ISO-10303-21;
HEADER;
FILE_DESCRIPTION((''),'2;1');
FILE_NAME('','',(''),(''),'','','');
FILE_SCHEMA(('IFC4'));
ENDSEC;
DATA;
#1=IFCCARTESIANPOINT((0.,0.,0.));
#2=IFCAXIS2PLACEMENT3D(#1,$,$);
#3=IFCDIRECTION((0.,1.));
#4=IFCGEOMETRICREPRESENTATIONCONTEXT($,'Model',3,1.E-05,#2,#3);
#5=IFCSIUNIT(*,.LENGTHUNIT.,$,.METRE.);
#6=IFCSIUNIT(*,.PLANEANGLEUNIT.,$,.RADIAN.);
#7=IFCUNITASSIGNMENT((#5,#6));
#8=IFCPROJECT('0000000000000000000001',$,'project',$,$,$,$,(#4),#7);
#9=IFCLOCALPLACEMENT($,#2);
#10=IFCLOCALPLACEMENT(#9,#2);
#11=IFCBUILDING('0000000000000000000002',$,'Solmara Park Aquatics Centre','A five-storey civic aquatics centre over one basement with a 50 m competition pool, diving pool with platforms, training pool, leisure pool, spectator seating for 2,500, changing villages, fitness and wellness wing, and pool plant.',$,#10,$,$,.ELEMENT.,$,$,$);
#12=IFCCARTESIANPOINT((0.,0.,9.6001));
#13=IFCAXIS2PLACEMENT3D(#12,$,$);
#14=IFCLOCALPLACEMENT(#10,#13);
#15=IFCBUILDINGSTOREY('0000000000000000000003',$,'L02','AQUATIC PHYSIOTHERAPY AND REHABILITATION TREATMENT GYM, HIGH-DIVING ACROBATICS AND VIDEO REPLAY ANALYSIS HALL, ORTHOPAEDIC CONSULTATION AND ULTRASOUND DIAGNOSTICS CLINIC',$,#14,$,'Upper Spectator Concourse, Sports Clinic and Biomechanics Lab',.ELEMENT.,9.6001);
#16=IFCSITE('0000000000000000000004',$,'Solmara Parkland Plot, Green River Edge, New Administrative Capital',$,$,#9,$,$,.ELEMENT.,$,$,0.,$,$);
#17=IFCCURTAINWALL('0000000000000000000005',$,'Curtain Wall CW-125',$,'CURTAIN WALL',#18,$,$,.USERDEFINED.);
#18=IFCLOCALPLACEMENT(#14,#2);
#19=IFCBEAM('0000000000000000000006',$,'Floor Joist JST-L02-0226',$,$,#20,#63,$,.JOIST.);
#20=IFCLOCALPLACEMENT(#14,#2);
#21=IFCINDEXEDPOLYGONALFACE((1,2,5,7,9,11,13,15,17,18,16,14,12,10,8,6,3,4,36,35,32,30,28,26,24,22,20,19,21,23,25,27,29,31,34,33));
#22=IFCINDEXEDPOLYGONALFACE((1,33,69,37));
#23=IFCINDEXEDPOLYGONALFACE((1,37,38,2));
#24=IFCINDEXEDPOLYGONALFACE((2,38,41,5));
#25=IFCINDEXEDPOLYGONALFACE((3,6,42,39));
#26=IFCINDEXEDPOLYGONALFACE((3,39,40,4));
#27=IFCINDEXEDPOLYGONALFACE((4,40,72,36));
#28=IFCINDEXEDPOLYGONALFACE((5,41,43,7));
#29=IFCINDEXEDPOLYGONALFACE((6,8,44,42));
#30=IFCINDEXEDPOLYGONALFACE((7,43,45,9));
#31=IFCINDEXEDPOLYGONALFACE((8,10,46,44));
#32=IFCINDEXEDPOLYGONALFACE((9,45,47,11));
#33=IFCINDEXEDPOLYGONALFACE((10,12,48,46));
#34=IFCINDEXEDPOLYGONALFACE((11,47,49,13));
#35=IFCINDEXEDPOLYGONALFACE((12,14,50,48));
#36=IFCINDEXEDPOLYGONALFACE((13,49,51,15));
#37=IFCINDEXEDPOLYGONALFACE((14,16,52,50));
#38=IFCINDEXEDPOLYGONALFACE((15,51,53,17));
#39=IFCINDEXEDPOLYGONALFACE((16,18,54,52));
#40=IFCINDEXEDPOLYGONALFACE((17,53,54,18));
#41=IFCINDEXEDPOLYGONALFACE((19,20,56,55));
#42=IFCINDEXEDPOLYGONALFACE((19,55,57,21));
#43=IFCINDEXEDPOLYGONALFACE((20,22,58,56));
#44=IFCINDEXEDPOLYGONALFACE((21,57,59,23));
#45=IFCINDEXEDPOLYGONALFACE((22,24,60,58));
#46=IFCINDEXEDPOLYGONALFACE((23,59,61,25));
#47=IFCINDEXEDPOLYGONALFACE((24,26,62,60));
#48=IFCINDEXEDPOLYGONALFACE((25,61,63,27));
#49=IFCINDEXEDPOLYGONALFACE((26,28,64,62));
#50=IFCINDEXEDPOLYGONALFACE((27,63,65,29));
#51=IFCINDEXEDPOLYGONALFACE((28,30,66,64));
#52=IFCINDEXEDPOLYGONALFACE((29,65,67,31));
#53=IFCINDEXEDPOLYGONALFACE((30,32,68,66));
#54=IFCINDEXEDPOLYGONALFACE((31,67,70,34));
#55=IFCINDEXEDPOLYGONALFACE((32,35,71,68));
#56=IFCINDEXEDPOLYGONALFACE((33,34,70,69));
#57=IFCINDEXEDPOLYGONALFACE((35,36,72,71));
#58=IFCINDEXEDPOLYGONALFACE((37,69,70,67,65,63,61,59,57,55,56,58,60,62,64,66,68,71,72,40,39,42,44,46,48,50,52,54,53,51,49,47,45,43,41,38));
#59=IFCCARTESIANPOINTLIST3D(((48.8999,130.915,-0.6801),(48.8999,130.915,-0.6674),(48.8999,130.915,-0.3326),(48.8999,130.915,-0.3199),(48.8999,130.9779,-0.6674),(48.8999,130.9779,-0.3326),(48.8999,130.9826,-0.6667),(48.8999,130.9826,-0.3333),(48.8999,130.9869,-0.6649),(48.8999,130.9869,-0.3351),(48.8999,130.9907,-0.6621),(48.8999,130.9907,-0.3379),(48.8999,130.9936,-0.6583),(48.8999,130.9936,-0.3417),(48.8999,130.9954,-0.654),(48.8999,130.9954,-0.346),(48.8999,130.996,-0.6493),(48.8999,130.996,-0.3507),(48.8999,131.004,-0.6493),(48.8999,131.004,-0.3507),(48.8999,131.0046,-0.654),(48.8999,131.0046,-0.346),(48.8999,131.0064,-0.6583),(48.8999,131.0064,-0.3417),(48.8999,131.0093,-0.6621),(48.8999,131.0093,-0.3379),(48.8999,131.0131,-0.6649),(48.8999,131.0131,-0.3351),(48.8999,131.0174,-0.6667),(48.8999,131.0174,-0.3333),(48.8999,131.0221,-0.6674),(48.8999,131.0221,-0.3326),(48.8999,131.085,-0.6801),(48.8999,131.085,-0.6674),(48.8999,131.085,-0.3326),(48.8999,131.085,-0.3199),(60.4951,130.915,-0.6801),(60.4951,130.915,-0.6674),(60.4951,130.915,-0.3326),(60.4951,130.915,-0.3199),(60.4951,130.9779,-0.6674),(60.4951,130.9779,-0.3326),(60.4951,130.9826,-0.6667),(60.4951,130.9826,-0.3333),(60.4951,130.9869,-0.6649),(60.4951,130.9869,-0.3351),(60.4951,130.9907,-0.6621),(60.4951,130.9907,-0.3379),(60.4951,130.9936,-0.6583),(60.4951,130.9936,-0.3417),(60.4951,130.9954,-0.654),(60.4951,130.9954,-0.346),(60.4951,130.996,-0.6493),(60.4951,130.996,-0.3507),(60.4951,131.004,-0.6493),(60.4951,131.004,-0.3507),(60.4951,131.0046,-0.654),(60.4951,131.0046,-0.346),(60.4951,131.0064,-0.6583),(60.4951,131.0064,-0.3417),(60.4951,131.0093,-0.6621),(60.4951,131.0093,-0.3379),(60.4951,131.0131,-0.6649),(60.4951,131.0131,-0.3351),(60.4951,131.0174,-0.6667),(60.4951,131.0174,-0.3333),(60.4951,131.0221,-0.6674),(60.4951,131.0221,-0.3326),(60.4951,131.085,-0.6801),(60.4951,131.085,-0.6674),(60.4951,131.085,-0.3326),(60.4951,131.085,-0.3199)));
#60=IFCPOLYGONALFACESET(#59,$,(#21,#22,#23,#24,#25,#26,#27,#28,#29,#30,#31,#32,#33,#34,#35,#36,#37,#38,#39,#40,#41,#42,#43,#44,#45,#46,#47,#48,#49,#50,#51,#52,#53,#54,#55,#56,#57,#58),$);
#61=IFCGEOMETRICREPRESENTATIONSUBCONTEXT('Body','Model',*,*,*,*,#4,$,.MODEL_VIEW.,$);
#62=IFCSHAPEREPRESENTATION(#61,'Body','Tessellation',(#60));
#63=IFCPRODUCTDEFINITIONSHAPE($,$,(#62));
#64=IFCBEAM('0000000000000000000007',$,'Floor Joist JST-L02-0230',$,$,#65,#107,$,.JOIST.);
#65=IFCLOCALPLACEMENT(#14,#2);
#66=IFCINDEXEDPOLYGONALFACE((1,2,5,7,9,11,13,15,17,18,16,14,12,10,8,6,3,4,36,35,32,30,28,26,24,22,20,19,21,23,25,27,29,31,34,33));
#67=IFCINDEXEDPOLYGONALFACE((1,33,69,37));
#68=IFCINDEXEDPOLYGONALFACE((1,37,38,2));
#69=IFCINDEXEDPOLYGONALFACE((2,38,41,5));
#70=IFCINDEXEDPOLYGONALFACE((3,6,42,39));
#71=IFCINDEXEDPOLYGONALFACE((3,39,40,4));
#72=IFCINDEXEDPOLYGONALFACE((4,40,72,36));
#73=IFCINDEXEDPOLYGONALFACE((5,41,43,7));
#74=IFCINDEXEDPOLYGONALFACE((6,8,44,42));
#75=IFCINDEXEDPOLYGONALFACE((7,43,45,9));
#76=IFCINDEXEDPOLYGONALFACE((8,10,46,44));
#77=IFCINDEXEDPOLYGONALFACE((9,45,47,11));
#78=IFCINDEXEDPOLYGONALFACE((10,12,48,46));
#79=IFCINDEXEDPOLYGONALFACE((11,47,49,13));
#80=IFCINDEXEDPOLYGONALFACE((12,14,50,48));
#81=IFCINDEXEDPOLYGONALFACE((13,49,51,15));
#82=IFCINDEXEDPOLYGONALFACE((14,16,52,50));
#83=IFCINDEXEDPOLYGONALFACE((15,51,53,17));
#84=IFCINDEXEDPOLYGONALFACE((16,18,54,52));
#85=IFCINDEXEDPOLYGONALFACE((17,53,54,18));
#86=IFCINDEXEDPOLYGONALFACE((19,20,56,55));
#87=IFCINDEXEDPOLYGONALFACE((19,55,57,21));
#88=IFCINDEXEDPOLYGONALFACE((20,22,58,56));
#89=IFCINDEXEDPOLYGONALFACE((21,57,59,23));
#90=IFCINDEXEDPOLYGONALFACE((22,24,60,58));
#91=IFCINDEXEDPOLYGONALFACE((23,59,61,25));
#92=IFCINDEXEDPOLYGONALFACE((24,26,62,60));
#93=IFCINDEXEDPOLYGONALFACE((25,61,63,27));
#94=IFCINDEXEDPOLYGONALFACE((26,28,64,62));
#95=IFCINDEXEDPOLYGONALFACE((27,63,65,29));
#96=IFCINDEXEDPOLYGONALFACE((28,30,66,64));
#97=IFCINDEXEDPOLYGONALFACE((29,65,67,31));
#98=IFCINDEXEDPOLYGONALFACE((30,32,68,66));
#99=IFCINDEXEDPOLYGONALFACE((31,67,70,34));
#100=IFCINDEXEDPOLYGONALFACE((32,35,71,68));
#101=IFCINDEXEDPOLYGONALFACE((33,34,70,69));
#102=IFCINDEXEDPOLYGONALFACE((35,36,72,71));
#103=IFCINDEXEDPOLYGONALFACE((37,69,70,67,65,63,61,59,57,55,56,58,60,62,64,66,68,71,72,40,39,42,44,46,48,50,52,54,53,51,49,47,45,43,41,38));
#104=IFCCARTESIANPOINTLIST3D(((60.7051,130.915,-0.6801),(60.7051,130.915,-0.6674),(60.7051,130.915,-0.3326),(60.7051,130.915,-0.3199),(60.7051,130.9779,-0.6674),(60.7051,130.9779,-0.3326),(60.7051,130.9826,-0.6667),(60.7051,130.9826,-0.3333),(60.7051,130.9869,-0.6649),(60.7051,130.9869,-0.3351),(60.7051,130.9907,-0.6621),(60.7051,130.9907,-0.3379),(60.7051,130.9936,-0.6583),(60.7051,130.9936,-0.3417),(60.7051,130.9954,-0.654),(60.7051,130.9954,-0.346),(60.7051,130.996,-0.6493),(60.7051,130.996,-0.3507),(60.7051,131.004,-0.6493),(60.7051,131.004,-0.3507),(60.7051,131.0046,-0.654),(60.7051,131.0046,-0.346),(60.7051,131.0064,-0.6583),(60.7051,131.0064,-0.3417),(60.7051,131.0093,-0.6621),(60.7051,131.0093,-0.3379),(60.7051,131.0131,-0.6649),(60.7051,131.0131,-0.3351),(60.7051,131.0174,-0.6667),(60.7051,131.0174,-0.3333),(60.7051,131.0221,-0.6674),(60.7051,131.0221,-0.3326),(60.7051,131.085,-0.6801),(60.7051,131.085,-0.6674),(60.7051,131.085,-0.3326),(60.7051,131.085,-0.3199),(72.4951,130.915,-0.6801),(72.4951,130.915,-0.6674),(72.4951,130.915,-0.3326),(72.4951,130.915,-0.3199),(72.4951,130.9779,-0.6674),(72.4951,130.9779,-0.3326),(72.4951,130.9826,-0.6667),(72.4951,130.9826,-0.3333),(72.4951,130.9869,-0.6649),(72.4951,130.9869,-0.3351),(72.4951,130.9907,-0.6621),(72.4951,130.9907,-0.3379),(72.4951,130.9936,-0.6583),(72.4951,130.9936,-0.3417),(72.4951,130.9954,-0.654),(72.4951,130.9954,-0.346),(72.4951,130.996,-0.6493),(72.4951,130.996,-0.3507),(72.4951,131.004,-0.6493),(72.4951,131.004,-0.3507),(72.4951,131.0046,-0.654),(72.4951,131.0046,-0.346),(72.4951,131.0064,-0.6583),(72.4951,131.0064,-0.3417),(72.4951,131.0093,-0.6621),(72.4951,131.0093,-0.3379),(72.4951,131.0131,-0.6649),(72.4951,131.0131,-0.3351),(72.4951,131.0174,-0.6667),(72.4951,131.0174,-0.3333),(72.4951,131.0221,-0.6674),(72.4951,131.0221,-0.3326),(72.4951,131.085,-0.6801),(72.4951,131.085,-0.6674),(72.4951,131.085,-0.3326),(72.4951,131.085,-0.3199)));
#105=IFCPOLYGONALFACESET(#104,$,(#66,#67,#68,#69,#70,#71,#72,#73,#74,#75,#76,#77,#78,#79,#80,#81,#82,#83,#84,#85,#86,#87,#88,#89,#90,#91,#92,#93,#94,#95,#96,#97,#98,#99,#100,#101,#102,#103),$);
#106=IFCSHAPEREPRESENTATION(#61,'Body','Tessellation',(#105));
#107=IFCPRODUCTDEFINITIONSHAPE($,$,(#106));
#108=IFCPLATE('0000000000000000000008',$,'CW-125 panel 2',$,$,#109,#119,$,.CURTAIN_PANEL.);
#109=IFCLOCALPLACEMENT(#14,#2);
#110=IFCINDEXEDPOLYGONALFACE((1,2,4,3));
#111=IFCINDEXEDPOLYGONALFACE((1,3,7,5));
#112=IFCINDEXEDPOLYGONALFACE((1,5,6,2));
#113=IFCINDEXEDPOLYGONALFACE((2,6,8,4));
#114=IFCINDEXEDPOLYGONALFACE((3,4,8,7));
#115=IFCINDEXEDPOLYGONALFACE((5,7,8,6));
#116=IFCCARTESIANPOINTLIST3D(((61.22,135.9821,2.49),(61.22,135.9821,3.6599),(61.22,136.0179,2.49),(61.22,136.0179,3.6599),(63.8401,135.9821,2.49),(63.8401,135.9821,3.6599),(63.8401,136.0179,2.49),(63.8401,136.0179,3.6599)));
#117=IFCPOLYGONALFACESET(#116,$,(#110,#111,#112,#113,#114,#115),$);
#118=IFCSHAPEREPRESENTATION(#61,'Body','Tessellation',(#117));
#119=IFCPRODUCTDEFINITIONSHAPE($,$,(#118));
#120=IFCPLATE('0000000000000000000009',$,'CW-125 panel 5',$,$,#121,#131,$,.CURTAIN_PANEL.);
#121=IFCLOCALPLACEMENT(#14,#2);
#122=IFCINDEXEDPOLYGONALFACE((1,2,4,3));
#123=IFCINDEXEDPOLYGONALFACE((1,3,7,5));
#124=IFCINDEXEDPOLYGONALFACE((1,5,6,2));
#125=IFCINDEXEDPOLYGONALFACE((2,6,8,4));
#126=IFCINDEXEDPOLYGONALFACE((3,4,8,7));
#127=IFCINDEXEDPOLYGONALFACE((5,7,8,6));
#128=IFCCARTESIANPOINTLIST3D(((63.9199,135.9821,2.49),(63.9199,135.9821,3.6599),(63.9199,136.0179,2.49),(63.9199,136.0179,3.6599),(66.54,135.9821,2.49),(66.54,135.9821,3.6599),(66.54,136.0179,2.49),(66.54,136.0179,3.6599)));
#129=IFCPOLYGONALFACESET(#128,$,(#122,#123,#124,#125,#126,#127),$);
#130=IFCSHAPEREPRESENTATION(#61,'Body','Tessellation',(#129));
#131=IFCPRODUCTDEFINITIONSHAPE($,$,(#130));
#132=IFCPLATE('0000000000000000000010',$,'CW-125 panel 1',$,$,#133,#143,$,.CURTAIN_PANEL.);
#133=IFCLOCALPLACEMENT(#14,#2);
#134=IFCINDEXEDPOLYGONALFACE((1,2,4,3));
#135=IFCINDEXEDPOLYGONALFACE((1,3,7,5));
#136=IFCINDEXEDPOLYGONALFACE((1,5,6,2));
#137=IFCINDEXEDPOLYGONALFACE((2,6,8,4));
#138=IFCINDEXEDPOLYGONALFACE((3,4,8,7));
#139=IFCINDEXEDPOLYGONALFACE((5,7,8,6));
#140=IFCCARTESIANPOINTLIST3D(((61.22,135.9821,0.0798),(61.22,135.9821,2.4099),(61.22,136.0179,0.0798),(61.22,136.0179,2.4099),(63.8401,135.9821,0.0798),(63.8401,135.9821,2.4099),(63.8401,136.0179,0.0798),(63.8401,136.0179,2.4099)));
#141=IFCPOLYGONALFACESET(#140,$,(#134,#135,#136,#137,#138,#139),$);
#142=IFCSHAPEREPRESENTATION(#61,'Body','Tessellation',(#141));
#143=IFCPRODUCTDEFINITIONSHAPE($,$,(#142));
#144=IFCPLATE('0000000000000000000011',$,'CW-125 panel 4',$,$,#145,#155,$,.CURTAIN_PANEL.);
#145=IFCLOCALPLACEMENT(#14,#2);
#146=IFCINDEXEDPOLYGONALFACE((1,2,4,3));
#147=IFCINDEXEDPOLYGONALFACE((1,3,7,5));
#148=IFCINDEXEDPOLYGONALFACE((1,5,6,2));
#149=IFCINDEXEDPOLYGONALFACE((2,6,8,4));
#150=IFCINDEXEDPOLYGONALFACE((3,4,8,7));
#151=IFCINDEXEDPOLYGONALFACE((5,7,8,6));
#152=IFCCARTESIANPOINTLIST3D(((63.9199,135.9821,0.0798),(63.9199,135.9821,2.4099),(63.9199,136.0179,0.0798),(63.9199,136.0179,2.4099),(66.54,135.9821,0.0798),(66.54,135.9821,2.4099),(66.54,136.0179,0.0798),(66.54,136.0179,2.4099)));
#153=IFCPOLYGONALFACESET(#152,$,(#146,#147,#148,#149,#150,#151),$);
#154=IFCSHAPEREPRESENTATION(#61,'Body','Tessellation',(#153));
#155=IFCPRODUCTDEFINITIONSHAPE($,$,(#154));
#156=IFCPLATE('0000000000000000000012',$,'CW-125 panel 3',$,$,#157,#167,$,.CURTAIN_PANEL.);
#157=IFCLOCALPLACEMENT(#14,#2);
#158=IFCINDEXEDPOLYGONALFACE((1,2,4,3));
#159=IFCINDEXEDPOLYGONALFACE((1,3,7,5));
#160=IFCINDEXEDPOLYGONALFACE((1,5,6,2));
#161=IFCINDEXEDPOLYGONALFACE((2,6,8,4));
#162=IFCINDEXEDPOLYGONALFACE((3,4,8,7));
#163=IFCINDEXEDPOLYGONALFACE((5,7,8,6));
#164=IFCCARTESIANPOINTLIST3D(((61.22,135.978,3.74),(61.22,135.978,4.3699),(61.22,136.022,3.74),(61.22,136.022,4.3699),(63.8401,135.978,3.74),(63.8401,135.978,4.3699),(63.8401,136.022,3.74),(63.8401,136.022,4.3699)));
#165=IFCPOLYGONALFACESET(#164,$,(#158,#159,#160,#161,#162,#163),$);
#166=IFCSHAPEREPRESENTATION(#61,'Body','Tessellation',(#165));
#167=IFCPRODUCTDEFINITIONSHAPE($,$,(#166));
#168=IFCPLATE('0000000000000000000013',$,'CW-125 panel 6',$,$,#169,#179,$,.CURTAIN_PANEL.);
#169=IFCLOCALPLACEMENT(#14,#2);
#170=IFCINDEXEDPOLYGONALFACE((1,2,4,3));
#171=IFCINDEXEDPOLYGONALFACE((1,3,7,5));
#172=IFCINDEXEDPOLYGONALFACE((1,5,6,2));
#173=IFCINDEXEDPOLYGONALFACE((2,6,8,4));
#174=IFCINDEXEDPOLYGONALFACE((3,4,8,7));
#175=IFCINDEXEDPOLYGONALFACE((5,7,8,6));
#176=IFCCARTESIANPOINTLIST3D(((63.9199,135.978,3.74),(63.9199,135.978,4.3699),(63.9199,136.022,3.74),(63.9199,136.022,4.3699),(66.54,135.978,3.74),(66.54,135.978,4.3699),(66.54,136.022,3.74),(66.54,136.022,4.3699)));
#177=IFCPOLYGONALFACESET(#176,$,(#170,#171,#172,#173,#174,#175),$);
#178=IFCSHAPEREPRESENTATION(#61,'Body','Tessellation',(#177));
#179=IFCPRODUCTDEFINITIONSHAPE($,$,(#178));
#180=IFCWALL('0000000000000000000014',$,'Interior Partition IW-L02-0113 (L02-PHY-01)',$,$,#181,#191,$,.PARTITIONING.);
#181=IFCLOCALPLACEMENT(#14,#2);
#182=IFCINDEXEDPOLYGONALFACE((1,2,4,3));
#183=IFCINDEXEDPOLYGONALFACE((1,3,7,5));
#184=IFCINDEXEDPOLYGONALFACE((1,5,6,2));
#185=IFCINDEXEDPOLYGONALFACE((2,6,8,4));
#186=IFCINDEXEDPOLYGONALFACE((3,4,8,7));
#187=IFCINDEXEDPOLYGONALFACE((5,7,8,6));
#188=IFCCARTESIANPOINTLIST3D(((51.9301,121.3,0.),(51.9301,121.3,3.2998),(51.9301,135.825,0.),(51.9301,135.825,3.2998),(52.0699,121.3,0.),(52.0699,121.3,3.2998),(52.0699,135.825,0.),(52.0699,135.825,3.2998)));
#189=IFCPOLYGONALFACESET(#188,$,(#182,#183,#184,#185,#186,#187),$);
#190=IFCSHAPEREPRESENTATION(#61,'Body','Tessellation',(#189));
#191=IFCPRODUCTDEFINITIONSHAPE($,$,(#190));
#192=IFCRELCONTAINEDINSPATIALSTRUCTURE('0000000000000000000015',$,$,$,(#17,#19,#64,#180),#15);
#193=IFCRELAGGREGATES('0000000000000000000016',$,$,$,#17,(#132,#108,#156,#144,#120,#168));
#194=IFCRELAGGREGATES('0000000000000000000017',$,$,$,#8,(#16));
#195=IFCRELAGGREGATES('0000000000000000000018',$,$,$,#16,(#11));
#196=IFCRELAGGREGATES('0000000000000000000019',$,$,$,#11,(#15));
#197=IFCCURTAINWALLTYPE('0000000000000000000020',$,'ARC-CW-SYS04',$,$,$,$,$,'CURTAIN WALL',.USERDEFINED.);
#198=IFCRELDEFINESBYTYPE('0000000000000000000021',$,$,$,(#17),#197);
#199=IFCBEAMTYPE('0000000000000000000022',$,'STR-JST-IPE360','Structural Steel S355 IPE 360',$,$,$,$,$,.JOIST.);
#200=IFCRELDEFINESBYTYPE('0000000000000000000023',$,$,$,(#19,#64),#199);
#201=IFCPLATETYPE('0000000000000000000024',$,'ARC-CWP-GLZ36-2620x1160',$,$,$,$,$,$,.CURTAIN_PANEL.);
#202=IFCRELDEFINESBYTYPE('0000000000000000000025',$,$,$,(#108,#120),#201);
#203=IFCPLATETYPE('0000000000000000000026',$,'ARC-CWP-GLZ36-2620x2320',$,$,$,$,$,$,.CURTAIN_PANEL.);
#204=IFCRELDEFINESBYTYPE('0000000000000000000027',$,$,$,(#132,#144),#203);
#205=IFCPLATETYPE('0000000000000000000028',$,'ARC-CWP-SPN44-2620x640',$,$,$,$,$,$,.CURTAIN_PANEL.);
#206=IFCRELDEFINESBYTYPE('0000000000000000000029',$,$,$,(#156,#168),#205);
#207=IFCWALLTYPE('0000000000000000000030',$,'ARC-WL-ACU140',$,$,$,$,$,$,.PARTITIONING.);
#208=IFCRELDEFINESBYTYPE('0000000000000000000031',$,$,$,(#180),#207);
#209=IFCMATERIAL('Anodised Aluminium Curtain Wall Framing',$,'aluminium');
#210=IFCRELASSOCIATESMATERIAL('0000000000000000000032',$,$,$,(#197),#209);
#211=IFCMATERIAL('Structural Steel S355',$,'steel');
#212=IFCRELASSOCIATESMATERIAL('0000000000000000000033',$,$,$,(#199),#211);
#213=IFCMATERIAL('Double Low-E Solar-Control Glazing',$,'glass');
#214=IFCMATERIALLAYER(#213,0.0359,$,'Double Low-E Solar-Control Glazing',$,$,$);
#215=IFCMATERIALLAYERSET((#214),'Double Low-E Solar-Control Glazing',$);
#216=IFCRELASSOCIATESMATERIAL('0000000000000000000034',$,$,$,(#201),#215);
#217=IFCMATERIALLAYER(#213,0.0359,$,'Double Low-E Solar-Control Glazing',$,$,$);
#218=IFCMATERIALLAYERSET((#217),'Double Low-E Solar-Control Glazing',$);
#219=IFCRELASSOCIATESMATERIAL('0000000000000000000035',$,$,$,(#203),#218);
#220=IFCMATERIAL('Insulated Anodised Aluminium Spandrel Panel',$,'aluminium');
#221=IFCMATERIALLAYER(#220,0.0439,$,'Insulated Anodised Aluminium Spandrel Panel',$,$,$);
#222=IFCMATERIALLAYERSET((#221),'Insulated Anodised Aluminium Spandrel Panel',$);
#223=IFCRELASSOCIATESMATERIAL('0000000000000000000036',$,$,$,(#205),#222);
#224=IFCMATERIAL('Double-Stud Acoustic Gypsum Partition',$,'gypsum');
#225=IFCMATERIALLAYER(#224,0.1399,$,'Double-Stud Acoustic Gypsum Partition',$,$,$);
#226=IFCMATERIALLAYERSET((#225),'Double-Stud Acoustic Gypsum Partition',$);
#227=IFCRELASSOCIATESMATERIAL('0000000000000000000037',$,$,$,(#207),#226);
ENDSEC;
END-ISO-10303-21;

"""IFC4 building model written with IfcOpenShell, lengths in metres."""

from ifc_helpers import new_model, si_unit, direction, frame, frame_2d, origin, origin_2d, place, context, subcontext, project, spatial, rectangle, i_section, extrude, material, layer, layer_set, material_profile, profile_set, type_object, element, aggregate, save


model = new_model("IFC4")

# Units and contexts
model_context = context("Model", 3, precision=1e-05, world=origin(), true_north=direction((0.0, 1.0)))
body_context = subcontext(model_context, "Body", "Model", "MODEL_VIEW")
ifc_project = project(units=[si_unit("LENGTHUNIT", "METRE"), si_unit("PLANEANGLEUNIT", "RADIAN")], contexts=[model_context])

# Site, building, storey
site_placement = place(None, origin())
site = spatial("IfcSite", under=ifc_project, at=site_placement, Name="Solmara Parkland Plot, Green River Edge, New Administrative Capital", CompositionType="ELEMENT", RefElevation=0.0)
building_placement = place(site_placement, origin())
building = spatial("IfcBuilding", under=site, at=building_placement, Name="Solmara Park Aquatics Centre", Description="A five-storey civic aquatics centre over one basement with a 50 m competition pool, diving pool with platforms, training pool, leisure pool, spectator seating for 2,500, changing villages, fitness and wellness wing, and pool plant.", CompositionType="ELEMENT")
storey_placement = place(building_placement, frame((0.0, 0.0, 9.6001)))
storey = spatial("IfcBuildingStorey", under=building, at=storey_placement, Name="L02", Description="AQUATIC PHYSIOTHERAPY AND REHABILITATION TREATMENT GYM, HIGH-DIVING ACROBATICS AND VIDEO REPLAY ANALYSIS HALL, ORTHOPAEDIC CONSULTATION AND ULTRASOUND DIAGNOSTICS CLINIC", LongName="Upper Spectator Concourse, Sports Clinic and Biomechanics Lab", CompositionType="ELEMENT", Elevation=9.6001)

# Shared definitions
ifc_material_1 = material(Name="Anodised Aluminium Curtain Wall Framing", Category="aluminium")
curtain_wall_type = type_object("IfcCurtainWallType", Name="ARC-CW-SYS04", ElementType="CURTAIN WALL", PredefinedType="USERDEFINED", material=ifc_material_1)

# Curtain wall
curtain_wall_1_placement = place(storey_placement, origin())
curtain_wall_1 = element("IfcCurtainWall", 1, at=curtain_wall_1_placement, inside=storey, type_object=curtain_wall_type, Name="Curtain Wall CW-125", ObjectType="CURTAIN WALL", PredefinedType="USERDEFINED")

# Beams
ifc_material_2 = material(Name="Structural Steel S355", Category="steel")
ifc_material_profile_1 = material_profile(ifc_material_2, i_section(OverallWidth=0.1699, OverallDepth=0.3601, WebThickness=0.0081, FlangeThickness=0.0127, FilletRadius=0.0181, at=origin_2d()), Name="IPE 360")
ifc_profile_set_1 = profile_set([ifc_material_profile_1], Name="Structural Steel S355")
beam_type_1 = type_object("IfcBeamType", Name="STR-JST-IPE360", Description="Structural Steel S355 IPE 360", PredefinedType="JOIST", material=ifc_profile_set_1)
for number, where, z_axis, x_axis, name in (
    (2, (48.8999, 131.0, -0.5), (1.0, 0.0, 0.0), (0.0, 1.0, 0.0), "Floor Joist JST-L02-0226"),
):
    element("IfcBeam", number, at=place(storey_placement, frame(where, z_axis=z_axis, x_axis=x_axis)), inside=storey, type_object=beam_type_1, Name=name, PredefinedType="JOIST", context=body_context, shape_type="SweptSolid", body=[
        extrude(i_section(OverallWidth=0.1699, OverallDepth=0.3601, WebThickness=0.0081, FlangeThickness=0.0127, FilletRadius=0.0181, at=origin_2d()), origin(), (0.0, 0.0, 1.0), 11.5952),
    ])
beam_1_placement = place(storey_placement, frame((60.7051, 131.0, -0.5), z_axis=(1.0, 0.0, 0.0), x_axis=(0.0, 1.0, 0.0)))
element("IfcBeam", 3, at=beam_1_placement, inside=storey, type_object=beam_type_1, Name="Floor Joist JST-L02-0230", PredefinedType="JOIST", context=body_context, shape_type="SweptSolid", body=[
    extrude(i_section(OverallWidth=0.1699, OverallDepth=0.3601, WebThickness=0.0081, FlangeThickness=0.0127, FilletRadius=0.0181, at=origin_2d()), origin(), (0.0, 0.0, 1.0), 11.79),
])

# Plates
ifc_material_3 = material(Name="Double Low-E Solar-Control Glazing", Category="glass")
ifc_layer_1 = layer(ifc_material_3, 0.0359, Name="Double Low-E Solar-Control Glazing")
ifc_layer_set_1 = layer_set([ifc_layer_1], Name="Double Low-E Solar-Control Glazing")
plate_type_1 = type_object("IfcPlateType", Name="ARC-CWP-GLZ36-2620x1160", PredefinedType="CURTAIN_PANEL", material=ifc_layer_set_1)
plate_1_placement = place(storey_placement, frame((62.53, 136.0, 2.49), z_axis=(0.0, 0.0, 1.0), x_axis=(1.0, 0.0, 0.0)))
plate_1 = element("IfcPlate", 4, at=plate_1_placement, type_object=plate_type_1, Name="CW-125 panel 2", PredefinedType="CURTAIN_PANEL", context=body_context, shape_type="SweptSolid", body=[
    extrude(rectangle(XDim=2.6201, YDim=0.0359, at=origin_2d()), origin(), (0.0, 0.0, 1.0), 1.1699),
])
plate_2_placement = place(storey_placement, frame((65.23, 136.0, 2.49), z_axis=(0.0, 0.0, 1.0), x_axis=(1.0, 0.0, 0.0)))
plate_2 = element("IfcPlate", 5, at=plate_2_placement, type_object=plate_type_1, Name="CW-125 panel 5", PredefinedType="CURTAIN_PANEL", context=body_context, shape_type="SweptSolid", body=[
    extrude(rectangle(XDim=2.6201, YDim=0.0359, at=origin_2d()), origin(), (0.0, 0.0, 1.0), 1.1699),
])
ifc_layer_2 = layer(ifc_material_3, 0.0359, Name="Double Low-E Solar-Control Glazing")
ifc_layer_set_2 = layer_set([ifc_layer_2], Name="Double Low-E Solar-Control Glazing")
plate_type_2 = type_object("IfcPlateType", Name="ARC-CWP-GLZ36-2620x2320", PredefinedType="CURTAIN_PANEL", material=ifc_layer_set_2)
plate_3_placement = place(storey_placement, frame((62.53, 136.0, 0.0798), z_axis=(0.0, 0.0, 1.0), x_axis=(1.0, 0.0, 0.0)))
plate_3 = element("IfcPlate", 6, at=plate_3_placement, type_object=plate_type_2, Name="CW-125 panel 1", PredefinedType="CURTAIN_PANEL", context=body_context, shape_type="SweptSolid", body=[
    extrude(rectangle(XDim=2.6201, YDim=0.0359, at=origin_2d()), origin(), (0.0, 0.0, 1.0), 2.3301),
])
plate_4_placement = place(storey_placement, frame((65.23, 136.0, 0.0798), z_axis=(0.0, 0.0, 1.0), x_axis=(1.0, 0.0, 0.0)))
plate_4 = element("IfcPlate", 7, at=plate_4_placement, type_object=plate_type_2, Name="CW-125 panel 4", PredefinedType="CURTAIN_PANEL", context=body_context, shape_type="SweptSolid", body=[
    extrude(rectangle(XDim=2.6201, YDim=0.0359, at=origin_2d()), origin(), (0.0, 0.0, 1.0), 2.3301),
])
ifc_material_4 = material(Name="Insulated Anodised Aluminium Spandrel Panel", Category="aluminium")
ifc_layer_3 = layer(ifc_material_4, 0.0439, Name="Insulated Anodised Aluminium Spandrel Panel")
ifc_layer_set_3 = layer_set([ifc_layer_3], Name="Insulated Anodised Aluminium Spandrel Panel")
plate_type_3 = type_object("IfcPlateType", Name="ARC-CWP-SPN44-2620x640", PredefinedType="CURTAIN_PANEL", material=ifc_layer_set_3)
plate_5_placement = place(storey_placement, frame((62.53, 136.0, 3.74), z_axis=(0.0, 0.0, 1.0), x_axis=(1.0, 0.0, 0.0)))
plate_5 = element("IfcPlate", 8, at=plate_5_placement, type_object=plate_type_3, Name="CW-125 panel 3", PredefinedType="CURTAIN_PANEL", context=body_context, shape_type="SweptSolid", body=[
    extrude(rectangle(XDim=2.6201, YDim=0.0439, at=origin_2d()), origin(), (0.0, 0.0, 1.0), 0.6299),
])
plate_6_placement = place(storey_placement, frame((65.23, 136.0, 3.74), z_axis=(0.0, 0.0, 1.0), x_axis=(1.0, 0.0, 0.0)))
plate_6 = element("IfcPlate", 9, at=plate_6_placement, type_object=plate_type_3, Name="CW-125 panel 6", PredefinedType="CURTAIN_PANEL", context=body_context, shape_type="SweptSolid", body=[
    extrude(rectangle(XDim=2.6201, YDim=0.0439, at=origin_2d()), origin(), (0.0, 0.0, 1.0), 0.6299),
])
aggregate(curtain_wall_1, [plate_3, plate_1, plate_5, plate_4, plate_2, plate_6])

# Wall
ifc_material_5 = material(Name="Double-Stud Acoustic Gypsum Partition", Category="gypsum")
ifc_layer_4 = layer(ifc_material_5, 0.1399, Name="Double-Stud Acoustic Gypsum Partition")
ifc_layer_set_4 = layer_set([ifc_layer_4], Name="Double-Stud Acoustic Gypsum Partition")
wall_type_1 = type_object("IfcWallType", Name="ARC-WL-ACU140", PredefinedType="PARTITIONING", material=ifc_layer_set_4)
wall_1_placement = place(storey_placement, frame((52.0, 121.3, 0.0), z_axis=(0.0, 0.0, 1.0), x_axis=(0.0, 1.0, 0.0)))
element("IfcWall", 10, at=wall_1_placement, inside=storey, type_object=wall_type_1, Name="Interior Partition IW-L02-0113 (L02-PHY-01)", PredefinedType="PARTITIONING", context=body_context, shape_type="SweptSolid", body=[
    extrude(rectangle(XDim=14.5249, YDim=0.1399, at=frame_2d((7.2625, 0.0))), origin(), (0.0, 0.0, 1.0), 3.2998),
])

save(model, "model.ifc")
